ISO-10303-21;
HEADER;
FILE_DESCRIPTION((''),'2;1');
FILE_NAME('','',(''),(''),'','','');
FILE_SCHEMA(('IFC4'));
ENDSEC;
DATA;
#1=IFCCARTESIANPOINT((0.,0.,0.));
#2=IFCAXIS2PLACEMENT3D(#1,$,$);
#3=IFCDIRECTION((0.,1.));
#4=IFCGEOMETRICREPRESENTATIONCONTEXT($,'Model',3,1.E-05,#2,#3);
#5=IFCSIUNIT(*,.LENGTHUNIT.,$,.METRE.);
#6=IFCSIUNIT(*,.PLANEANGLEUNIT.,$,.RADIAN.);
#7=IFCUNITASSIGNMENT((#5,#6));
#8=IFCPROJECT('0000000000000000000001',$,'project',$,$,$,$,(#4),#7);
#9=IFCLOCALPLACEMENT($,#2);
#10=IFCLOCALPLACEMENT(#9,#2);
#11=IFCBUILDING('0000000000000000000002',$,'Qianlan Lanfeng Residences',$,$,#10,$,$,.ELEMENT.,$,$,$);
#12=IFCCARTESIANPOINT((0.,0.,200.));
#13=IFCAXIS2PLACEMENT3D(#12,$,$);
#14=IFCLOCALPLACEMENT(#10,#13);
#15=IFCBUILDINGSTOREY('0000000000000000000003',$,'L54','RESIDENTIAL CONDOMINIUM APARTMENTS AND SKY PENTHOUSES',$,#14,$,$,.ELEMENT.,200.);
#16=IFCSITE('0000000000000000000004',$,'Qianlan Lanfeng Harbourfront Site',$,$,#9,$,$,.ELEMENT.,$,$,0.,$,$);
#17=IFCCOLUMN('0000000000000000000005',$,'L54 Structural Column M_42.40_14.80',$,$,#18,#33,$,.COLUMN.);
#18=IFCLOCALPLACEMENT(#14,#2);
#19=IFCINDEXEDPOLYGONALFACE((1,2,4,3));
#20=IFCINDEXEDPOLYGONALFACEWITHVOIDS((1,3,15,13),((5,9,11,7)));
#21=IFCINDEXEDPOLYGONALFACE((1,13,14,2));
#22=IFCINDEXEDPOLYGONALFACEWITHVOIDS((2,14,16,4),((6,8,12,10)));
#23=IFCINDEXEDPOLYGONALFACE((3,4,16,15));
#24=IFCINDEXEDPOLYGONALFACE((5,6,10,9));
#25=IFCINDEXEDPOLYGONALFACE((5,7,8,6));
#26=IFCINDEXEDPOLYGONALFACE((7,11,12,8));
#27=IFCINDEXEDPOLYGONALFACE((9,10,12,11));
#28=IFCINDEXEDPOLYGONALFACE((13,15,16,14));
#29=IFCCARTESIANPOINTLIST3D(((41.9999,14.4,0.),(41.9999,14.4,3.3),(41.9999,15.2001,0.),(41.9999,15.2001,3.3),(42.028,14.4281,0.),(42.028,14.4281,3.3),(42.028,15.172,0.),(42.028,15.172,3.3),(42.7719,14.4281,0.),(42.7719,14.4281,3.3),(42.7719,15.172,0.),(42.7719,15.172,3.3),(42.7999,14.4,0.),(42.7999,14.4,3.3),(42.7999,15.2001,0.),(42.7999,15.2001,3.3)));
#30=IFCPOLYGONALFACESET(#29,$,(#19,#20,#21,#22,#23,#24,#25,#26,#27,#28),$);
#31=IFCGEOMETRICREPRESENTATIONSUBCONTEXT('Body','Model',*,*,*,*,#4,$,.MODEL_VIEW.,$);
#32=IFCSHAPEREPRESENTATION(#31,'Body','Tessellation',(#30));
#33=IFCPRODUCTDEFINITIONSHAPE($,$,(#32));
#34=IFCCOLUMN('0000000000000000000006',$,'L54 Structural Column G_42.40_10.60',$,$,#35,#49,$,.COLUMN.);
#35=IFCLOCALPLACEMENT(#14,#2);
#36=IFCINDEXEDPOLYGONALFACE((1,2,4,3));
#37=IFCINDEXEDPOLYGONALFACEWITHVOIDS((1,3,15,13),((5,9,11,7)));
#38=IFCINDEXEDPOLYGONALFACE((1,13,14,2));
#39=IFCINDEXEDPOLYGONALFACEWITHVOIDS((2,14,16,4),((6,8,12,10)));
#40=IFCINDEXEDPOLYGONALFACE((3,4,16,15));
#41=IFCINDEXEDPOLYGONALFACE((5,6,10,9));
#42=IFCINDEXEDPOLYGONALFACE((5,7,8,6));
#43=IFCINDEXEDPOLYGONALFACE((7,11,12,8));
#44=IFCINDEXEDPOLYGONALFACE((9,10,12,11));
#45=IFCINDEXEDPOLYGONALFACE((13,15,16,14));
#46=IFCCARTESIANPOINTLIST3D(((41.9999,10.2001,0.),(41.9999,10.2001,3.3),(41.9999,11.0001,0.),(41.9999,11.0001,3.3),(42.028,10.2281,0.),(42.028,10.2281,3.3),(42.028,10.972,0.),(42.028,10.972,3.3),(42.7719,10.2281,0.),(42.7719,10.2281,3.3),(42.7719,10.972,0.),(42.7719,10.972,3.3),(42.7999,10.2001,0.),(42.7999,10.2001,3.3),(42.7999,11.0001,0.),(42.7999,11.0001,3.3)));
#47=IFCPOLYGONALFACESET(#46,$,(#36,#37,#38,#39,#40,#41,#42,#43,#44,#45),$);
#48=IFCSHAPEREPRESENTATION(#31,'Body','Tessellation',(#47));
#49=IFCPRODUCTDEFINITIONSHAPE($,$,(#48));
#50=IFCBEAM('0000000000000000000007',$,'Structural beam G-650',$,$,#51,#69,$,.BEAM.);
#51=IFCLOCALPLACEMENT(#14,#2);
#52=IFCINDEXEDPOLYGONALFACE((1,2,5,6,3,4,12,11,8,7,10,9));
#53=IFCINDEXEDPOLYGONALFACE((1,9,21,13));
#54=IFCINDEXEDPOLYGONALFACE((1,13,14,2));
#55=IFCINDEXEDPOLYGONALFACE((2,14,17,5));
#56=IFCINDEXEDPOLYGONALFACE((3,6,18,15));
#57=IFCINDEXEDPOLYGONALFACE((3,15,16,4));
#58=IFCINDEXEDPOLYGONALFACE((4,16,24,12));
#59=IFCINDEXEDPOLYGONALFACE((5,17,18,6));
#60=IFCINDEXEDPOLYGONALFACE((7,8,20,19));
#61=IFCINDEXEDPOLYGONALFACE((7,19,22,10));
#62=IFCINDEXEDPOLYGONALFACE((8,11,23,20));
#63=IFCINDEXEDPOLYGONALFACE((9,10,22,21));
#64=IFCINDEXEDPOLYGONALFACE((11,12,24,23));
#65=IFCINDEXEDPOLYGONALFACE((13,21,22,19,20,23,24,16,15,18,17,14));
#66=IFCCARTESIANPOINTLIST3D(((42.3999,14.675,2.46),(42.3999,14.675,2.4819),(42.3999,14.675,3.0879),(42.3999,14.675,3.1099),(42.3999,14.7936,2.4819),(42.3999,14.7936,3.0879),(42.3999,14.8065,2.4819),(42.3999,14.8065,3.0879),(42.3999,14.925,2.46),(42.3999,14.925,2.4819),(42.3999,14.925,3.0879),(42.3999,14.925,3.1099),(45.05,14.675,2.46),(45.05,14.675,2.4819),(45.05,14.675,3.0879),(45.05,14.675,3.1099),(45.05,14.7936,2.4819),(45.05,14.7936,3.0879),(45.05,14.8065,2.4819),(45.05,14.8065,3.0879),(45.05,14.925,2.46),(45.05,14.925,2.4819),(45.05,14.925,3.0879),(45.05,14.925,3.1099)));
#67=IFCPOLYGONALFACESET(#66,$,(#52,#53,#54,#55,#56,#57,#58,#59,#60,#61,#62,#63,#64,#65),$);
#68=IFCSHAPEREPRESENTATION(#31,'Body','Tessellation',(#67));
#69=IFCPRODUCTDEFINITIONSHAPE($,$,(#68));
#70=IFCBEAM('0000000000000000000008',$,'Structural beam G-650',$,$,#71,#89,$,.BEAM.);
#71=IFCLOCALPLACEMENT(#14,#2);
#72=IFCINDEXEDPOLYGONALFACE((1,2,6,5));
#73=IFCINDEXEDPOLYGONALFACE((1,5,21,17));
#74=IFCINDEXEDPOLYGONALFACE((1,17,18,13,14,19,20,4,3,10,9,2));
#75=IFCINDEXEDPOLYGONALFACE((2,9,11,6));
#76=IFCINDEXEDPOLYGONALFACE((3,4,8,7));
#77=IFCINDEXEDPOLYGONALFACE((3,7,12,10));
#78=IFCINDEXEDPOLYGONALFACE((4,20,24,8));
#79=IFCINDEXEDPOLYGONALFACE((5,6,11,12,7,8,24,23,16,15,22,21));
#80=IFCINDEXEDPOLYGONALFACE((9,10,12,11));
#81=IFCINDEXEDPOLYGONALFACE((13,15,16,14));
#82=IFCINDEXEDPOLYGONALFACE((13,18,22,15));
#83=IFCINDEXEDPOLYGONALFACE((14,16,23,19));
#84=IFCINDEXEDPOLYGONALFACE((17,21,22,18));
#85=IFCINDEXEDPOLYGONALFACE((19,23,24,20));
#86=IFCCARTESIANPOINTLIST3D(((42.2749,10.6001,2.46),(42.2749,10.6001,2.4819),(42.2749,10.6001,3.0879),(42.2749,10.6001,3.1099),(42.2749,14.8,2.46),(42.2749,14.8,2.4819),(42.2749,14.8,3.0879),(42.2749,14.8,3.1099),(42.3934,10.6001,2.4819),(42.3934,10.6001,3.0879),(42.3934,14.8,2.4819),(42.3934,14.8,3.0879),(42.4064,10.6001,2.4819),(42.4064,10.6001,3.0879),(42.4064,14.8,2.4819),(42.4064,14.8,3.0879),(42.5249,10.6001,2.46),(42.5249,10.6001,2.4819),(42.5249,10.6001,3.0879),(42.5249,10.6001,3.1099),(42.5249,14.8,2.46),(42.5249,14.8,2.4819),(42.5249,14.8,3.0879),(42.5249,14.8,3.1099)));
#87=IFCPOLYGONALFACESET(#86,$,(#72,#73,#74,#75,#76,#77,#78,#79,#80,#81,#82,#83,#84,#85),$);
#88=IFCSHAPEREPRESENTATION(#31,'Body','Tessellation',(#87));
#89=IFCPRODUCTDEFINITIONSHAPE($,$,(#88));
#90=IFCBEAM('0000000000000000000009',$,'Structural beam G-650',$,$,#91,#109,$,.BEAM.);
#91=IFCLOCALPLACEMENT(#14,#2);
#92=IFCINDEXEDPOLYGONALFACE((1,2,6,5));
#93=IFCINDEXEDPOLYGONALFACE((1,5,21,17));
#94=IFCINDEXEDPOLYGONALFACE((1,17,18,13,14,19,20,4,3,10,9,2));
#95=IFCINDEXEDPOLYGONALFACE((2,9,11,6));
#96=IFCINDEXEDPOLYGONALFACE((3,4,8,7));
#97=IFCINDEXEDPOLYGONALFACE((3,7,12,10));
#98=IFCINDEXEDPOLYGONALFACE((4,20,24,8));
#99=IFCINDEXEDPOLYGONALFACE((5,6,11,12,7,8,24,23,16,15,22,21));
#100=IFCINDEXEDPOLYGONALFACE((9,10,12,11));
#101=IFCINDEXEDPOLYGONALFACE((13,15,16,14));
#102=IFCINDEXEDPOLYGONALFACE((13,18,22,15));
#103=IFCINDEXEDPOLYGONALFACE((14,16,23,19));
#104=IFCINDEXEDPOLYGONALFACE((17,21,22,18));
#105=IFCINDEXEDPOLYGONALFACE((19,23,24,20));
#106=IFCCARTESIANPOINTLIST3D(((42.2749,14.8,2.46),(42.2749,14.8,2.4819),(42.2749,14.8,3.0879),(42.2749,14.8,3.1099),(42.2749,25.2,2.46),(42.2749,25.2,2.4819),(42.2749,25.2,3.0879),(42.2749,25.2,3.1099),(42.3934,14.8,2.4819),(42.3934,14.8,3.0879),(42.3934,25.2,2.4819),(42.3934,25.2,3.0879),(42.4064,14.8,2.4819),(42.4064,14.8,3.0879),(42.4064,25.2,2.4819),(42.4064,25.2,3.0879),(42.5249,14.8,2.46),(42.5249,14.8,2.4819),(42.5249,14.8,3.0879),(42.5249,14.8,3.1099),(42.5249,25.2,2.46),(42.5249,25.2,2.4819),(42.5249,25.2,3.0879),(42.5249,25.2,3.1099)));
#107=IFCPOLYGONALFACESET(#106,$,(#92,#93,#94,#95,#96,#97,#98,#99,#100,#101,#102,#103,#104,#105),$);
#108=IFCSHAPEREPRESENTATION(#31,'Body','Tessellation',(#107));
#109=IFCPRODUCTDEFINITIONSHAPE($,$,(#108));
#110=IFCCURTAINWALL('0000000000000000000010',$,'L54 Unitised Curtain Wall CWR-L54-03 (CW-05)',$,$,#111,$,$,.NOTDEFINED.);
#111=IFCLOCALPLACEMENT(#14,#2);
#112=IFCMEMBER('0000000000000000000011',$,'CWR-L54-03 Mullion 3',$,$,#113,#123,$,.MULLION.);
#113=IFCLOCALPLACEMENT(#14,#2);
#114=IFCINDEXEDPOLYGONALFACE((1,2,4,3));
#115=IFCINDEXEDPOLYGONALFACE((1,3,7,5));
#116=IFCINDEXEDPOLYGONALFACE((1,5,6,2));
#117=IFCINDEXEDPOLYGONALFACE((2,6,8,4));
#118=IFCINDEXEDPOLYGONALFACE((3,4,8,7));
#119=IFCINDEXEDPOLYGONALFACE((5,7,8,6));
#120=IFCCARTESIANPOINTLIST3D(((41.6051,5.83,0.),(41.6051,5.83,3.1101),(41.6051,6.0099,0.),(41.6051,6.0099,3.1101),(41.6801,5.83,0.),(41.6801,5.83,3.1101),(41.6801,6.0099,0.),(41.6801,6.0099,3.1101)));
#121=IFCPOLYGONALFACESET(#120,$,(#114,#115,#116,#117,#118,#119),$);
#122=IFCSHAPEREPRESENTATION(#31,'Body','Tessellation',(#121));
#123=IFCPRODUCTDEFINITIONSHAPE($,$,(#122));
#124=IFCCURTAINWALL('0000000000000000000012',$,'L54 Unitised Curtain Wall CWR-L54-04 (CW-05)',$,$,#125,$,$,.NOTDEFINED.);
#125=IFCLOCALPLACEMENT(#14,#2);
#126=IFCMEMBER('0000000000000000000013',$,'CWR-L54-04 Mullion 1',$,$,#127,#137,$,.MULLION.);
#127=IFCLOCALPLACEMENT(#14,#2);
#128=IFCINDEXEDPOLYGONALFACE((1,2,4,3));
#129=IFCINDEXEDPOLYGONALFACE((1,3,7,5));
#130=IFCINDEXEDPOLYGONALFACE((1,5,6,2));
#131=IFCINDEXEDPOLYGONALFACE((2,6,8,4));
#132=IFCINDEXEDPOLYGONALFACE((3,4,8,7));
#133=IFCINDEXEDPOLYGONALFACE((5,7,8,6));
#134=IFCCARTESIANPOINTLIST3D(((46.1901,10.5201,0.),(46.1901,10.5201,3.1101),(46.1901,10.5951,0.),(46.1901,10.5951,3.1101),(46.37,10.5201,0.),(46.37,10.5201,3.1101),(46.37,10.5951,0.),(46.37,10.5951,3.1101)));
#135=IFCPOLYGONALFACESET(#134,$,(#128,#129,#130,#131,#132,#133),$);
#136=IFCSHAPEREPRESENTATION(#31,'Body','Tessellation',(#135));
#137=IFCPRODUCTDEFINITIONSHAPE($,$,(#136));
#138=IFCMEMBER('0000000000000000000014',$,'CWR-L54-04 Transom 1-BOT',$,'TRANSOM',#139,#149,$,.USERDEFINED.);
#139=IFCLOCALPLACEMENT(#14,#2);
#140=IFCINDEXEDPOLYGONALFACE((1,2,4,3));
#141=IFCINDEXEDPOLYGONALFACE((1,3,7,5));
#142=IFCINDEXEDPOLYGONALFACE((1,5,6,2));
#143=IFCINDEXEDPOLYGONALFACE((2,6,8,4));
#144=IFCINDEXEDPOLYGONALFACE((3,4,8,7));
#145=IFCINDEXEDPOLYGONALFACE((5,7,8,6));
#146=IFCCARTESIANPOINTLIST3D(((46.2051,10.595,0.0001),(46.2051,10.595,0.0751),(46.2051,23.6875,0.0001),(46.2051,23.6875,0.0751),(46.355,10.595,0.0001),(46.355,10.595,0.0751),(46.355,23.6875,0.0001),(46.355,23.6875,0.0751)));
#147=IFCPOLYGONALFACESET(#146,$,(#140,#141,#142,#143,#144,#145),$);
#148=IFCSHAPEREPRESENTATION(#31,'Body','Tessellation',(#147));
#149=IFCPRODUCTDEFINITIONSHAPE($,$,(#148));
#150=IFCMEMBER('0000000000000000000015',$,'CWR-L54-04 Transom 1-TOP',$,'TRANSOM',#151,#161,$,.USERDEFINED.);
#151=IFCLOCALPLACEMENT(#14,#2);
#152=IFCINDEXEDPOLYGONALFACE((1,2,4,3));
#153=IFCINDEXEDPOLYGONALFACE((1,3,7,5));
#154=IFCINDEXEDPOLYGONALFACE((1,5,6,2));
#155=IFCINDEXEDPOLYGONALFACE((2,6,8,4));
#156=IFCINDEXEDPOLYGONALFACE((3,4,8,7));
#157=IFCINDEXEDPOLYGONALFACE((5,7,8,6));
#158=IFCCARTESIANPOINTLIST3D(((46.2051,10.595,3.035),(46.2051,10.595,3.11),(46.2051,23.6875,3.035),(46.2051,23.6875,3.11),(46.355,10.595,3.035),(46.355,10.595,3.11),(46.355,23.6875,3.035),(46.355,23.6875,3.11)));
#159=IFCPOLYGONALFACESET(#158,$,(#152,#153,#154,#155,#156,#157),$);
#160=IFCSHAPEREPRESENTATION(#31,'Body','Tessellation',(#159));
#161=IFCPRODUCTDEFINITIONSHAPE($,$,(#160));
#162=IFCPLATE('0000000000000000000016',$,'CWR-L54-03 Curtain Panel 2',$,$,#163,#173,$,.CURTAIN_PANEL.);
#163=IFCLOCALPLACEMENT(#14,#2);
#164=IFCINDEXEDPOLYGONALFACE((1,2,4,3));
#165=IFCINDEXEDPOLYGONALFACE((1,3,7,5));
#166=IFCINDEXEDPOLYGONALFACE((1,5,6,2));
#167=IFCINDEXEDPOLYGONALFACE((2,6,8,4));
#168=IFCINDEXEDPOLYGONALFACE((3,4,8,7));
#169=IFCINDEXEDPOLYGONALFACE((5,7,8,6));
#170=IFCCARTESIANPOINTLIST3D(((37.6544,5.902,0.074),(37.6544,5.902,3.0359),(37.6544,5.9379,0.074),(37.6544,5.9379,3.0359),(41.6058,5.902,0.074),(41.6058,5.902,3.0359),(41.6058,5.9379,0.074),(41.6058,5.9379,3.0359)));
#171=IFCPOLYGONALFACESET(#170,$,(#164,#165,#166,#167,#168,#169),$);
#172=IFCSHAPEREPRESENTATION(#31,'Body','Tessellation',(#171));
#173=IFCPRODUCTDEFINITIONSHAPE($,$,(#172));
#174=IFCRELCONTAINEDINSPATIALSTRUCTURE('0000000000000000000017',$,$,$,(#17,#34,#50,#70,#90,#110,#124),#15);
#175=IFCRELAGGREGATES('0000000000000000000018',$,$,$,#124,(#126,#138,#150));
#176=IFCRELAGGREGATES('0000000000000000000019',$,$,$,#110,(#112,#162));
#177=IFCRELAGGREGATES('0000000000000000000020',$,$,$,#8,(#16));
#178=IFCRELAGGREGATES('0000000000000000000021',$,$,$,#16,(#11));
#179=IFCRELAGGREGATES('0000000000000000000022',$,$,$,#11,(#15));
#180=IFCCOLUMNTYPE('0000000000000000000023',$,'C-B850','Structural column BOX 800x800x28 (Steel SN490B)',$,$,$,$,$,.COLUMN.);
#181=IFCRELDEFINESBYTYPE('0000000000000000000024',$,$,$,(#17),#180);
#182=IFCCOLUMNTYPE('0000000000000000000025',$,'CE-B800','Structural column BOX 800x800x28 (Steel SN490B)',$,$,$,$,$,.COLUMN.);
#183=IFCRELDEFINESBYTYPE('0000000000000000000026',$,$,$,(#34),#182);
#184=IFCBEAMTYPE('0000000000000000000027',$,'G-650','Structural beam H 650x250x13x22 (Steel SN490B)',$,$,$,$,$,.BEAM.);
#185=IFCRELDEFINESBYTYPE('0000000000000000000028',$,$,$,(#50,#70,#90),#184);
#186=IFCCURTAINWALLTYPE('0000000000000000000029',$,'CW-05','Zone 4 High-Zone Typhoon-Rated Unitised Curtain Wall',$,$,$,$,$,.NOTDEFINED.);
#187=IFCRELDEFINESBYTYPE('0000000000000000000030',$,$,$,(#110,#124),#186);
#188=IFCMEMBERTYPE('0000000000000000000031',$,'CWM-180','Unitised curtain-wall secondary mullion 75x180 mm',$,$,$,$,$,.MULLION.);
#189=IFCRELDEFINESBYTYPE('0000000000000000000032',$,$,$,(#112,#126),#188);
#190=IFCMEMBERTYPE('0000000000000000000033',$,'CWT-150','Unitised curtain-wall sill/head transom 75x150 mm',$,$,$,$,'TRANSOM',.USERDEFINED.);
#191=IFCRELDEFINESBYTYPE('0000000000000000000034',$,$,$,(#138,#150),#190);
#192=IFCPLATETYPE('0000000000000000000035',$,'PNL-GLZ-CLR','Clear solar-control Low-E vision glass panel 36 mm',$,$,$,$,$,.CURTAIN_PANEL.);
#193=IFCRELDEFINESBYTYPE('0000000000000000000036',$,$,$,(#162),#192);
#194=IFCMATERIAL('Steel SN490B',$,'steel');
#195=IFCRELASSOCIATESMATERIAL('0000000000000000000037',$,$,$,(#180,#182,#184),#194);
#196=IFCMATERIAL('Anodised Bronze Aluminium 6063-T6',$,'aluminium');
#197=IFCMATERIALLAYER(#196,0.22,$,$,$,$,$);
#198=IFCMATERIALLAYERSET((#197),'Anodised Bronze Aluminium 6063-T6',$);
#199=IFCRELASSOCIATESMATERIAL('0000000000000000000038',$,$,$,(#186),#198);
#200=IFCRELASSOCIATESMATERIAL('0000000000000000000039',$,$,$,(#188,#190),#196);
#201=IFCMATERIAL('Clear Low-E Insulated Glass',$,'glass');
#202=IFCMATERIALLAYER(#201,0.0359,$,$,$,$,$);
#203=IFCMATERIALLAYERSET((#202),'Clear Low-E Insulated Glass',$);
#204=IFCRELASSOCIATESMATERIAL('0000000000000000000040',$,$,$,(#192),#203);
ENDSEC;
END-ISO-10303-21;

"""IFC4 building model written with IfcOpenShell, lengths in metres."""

from ifc_helpers import new_model, si_unit, direction, frame, origin, origin_2d, place, context, subcontext, project, spatial, rectangle, hollow_rectangle, i_section, extrude, source, transform, mapped, material, layer, layer_set, material_profile, profile_set, type_object, element, aggregate, save


model = new_model("IFC4")

# Units and contexts
model_context = context("Model", 3, precision=1e-05, world=origin(), true_north=direction((0.0, 1.0)))
body_context = subcontext(model_context, "Body", "Model", "MODEL_VIEW")
ifc_project = project(units=[si_unit("LENGTHUNIT", "METRE"), si_unit("PLANEANGLEUNIT", "RADIAN")], contexts=[model_context])

# Site, building, storey
site_placement = place(None, origin())
site = spatial("IfcSite", under=ifc_project, at=site_placement, Name="Qianlan Lanfeng Harbourfront Site", CompositionType="ELEMENT", RefElevation=0.0)
building_placement = place(site_placement, origin())
building = spatial("IfcBuilding", under=site, at=building_placement, Name="Qianlan Lanfeng Residences", CompositionType="ELEMENT")
storey_placement = place(building_placement, frame((0.0, 0.0, 200.0)))
storey = spatial("IfcBuildingStorey", under=building, at=storey_placement, Name="L54", Description="RESIDENTIAL CONDOMINIUM APARTMENTS AND SKY PENTHOUSES", CompositionType="ELEMENT", Elevation=200.0)

# Columns
ifc_material_1 = material(Name="Steel SN490B", Category="steel")
ifc_material_profile_1 = material_profile(ifc_material_1, hollow_rectangle(XDim=0.8, YDim=0.8, WallThickness=0.0281, at=origin_2d()), Name="BOX 800x800x28")
ifc_profile_set_1 = profile_set([ifc_material_profile_1], Name="Steel SN490B")
column_type_1 = type_object("IfcColumnType", Name="C-B850", Description="Structural column BOX 800x800x28 (Steel SN490B)", PredefinedType="COLUMN", material=ifc_profile_set_1)
column_1_placement = place(storey_placement, frame((42.3999, 14.8, 0.0), z_axis=(0.0, 0.0, 1.0), x_axis=(1.0, 0.0, 0.0)))
element("IfcColumn", 1, at=column_1_placement, inside=storey, type_object=column_type_1, Name="L54 Structural Column M_42.40_14.80", PredefinedType="COLUMN", context=body_context, shape_type="SweptSolid", body=[
    extrude(hollow_rectangle(XDim=0.8, YDim=0.8, WallThickness=0.0281, at=origin_2d()), origin(), (0.0, 0.0, 1.0), 3.3),
])
ifc_material_profile_2 = material_profile(ifc_material_1, hollow_rectangle(XDim=0.8, YDim=0.8, WallThickness=0.0281, at=origin_2d()), Name="BOX 800x800x28")
ifc_profile_set_2 = profile_set([ifc_material_profile_2], Name="Steel SN490B")
column_type_2 = type_object("IfcColumnType", Name="CE-B800", Description="Structural column BOX 800x800x28 (Steel SN490B)", PredefinedType="COLUMN", material=ifc_profile_set_2)
column_2_placement = place(storey_placement, frame((42.3999, 10.6001, 0.0), z_axis=(0.0, 0.0, 1.0), x_axis=(1.0, 0.0, 0.0)))
element("IfcColumn", 2, at=column_2_placement, inside=storey, type_object=column_type_2, Name="L54 Structural Column G_42.40_10.60", PredefinedType="COLUMN", context=body_context, shape_type="SweptSolid", body=[
    extrude(hollow_rectangle(XDim=0.8, YDim=0.8, WallThickness=0.0281, at=origin_2d()), origin(), (0.0, 0.0, 1.0), 3.3),
])

# Beams
ifc_material_profile_3 = material_profile(ifc_material_1, i_section(OverallWidth=0.25, OverallDepth=0.6499, WebThickness=0.0129, FlangeThickness=0.022, at=origin_2d()), Name="H 650x250x13x22")
ifc_profile_set_3 = profile_set([ifc_material_profile_3], Name="Steel SN490B")
beam_type = type_object("IfcBeamType", Name="G-650", Description="Structural beam H 650x250x13x22 (Steel SN490B)", PredefinedType="BEAM", material=ifc_profile_set_3)
beam_1_placement = place(storey_placement, frame((42.3999, 14.8, 2.7849), z_axis=(1.0, 0.0, 0.0), x_axis=(0.0, 1.0, 0.0)))
element("IfcBeam", 3, at=beam_1_placement, inside=storey, type_object=beam_type, Name="Structural beam G-650", PredefinedType="BEAM", context=body_context, shape_type="SweptSolid", body=[
    extrude(i_section(OverallWidth=0.25, OverallDepth=0.6499, WebThickness=0.0129, FlangeThickness=0.022, at=origin_2d()), origin(), (0.0, 0.0, 1.0), 2.6501),
])
beam_2_placement = place(storey_placement, frame((42.3999, 10.6001, 2.7849), z_axis=(0.0, 1.0, 0.0), x_axis=(-1.0, 0.0, 0.0)))
element("IfcBeam", 4, at=beam_2_placement, inside=storey, type_object=beam_type, Name="Structural beam G-650", PredefinedType="BEAM", context=body_context, shape_type="SweptSolid", body=[
    extrude(i_section(OverallWidth=0.25, OverallDepth=0.6499, WebThickness=0.0129, FlangeThickness=0.022, at=origin_2d()), origin(), (0.0, 0.0, 1.0), 4.2),
])
beam_3_placement = place(storey_placement, frame((42.3999, 14.8, 2.7849), z_axis=(0.0, 1.0, 0.0), x_axis=(-1.0, 0.0, 0.0)))
element("IfcBeam", 5, at=beam_3_placement, inside=storey, type_object=beam_type, Name="Structural beam G-650", PredefinedType="BEAM", context=body_context, shape_type="SweptSolid", body=[
    extrude(i_section(OverallWidth=0.25, OverallDepth=0.6499, WebThickness=0.0129, FlangeThickness=0.022, at=origin_2d()), origin(), (0.0, 0.0, 1.0), 10.3999),
])

# Curtain wall, member
ifc_material_2 = material(Name="Anodised Bronze Aluminium 6063-T6", Category="aluminium")
ifc_layer_1 = layer(ifc_material_2, 0.22)
ifc_layer_set_1 = layer_set([ifc_layer_1], Name="Anodised Bronze Aluminium 6063-T6")
curtain_wall_type = type_object("IfcCurtainWallType", Name="CW-05", Description="Zone 4 High-Zone Typhoon-Rated Unitised Curtain Wall", PredefinedType="NOTDEFINED", material=ifc_layer_set_1)
curtain_wall_1_placement = place(storey_placement, origin())
curtain_wall_1 = element("IfcCurtainWall", 6, at=curtain_wall_1_placement, inside=storey, type_object=curtain_wall_type, Name="L54 Unitised Curtain Wall CWR-L54-03 (CW-05)", PredefinedType="NOTDEFINED")
ifc_material_profile_4 = material_profile(ifc_material_2, rectangle(XDim=0.075, YDim=0.1799, at=origin_2d()), Name="ALU MULLION 75x180")
ifc_profile_set_4 = profile_set([ifc_material_profile_4], Name="Anodised Bronze Aluminium 6063-T6")
member_type_1 = type_object("IfcMemberType", Name="CWM-180", Description="Unitised curtain-wall secondary mullion 75x180 mm", PredefinedType="MULLION", material=ifc_profile_set_4)
shared_shape_1 = source(origin(), body_context, "Body", "SweptSolid", [
    extrude(rectangle(XDim=0.075, YDim=0.1799, at=origin_2d()), origin(), (0.0, 0.0, 1.0), 3.1101),
])
member_1_placement = place(storey_placement, frame((41.6426, 5.9199, 0.0), z_axis=(0.0, 0.0, 1.0), x_axis=(1.0, 0.0, 0.0)))
member_1 = element("IfcMember", 7, at=member_1_placement, type_object=member_type_1, Name="CWR-L54-03 Mullion 3", PredefinedType="MULLION", context=body_context, shape_type="MappedRepresentation", body=[
    mapped(shared_shape_1, transform((0.0, 0.0, 0.0), scale=1.0)),
])

# Curtain wall, members
curtain_wall_2_placement = place(storey_placement, origin())
curtain_wall_2 = element("IfcCurtainWall", 8, at=curtain_wall_2_placement, inside=storey, type_object=curtain_wall_type, Name="L54 Unitised Curtain Wall CWR-L54-04 (CW-05)", PredefinedType="NOTDEFINED")
member_2_placement = place(storey_placement, frame((46.28, 10.5576, 0.0), z_axis=(0.0, 0.0, 1.0), x_axis=(0.0, 1.0, 0.0)))
member_2 = element("IfcMember", 9, at=member_2_placement, type_object=member_type_1, Name="CWR-L54-04 Mullion 1", PredefinedType="MULLION", context=body_context, shape_type="MappedRepresentation", body=[
    mapped(shared_shape_1, transform((0.0, 0.0, 0.0), scale=1.0)),
])
ifc_material_profile_5 = material_profile(ifc_material_2, rectangle(XDim=0.075, YDim=0.1499, at=origin_2d()), Name="ALU TRANSOM 75x150")
ifc_profile_set_5 = profile_set([ifc_material_profile_5], Name="Anodised Bronze Aluminium 6063-T6")
member_type_2 = type_object("IfcMemberType", Name="CWT-150", Description="Unitised curtain-wall sill/head transom 75x150 mm", ElementType="TRANSOM", PredefinedType="USERDEFINED", material=ifc_profile_set_5)
shared_shape_2 = source(origin(), body_context, "Body", "SweptSolid", [
    extrude(rectangle(XDim=0.075, YDim=0.1499, at=origin_2d()), origin(), (0.0, 0.0, 1.0), 13.0925),
])
member_3_placement = place(storey_placement, frame((46.28, 10.595, 0.0376), z_axis=(0.0, 1.0, 0.0), x_axis=(0.0, 0.0, 1.0)))
member_3 = element("IfcMember", 10, at=member_3_placement, type_object=member_type_2, Name="CWR-L54-04 Transom 1-BOT", ObjectType="TRANSOM", PredefinedType="USERDEFINED", context=body_context, shape_type="MappedRepresentation", body=[
    mapped(shared_shape_2, transform((0.0, 0.0, 0.0), scale=1.0)),
])
member_4_placement = place(storey_placement, frame((46.28, 10.595, 3.0725), z_axis=(0.0, 1.0, 0.0), x_axis=(0.0, 0.0, 1.0)))
member_4 = element("IfcMember", 11, at=member_4_placement, type_object=member_type_2, Name="CWR-L54-04 Transom 1-TOP", ObjectType="TRANSOM", PredefinedType="USERDEFINED", context=body_context, shape_type="MappedRepresentation", body=[
    mapped(shared_shape_2, transform((0.0, 0.0, 0.0), scale=1.0)),
])
aggregate(curtain_wall_2, [member_2, member_3, member_4])

# Plate
ifc_material_3 = material(Name="Clear Low-E Insulated Glass", Category="glass")
ifc_layer_2 = layer(ifc_material_3, 0.0359)
ifc_layer_set_2 = layer_set([ifc_layer_2], Name="Clear Low-E Insulated Glass")
plate_type = type_object("IfcPlateType", Name="PNL-GLZ-CLR", Description="Clear solar-control Low-E vision glass panel 36 mm", PredefinedType="CURTAIN_PANEL", material=ifc_layer_set_2)
shared_shape_3 = source(origin(), body_context, "Body", "SweptSolid", [
    extrude(rectangle(XDim=3.9514, YDim=0.0359, at=origin_2d()), origin(), (0.0, 0.0, 1.0), 2.9619),
])
plate_placement = place(storey_placement, frame((39.6301, 5.9199, 0.074), z_axis=(0.0, 0.0, 1.0), x_axis=(1.0, 0.0, 0.0)))
plate = element("IfcPlate", 12, at=plate_placement, type_object=plate_type, Name="CWR-L54-03 Curtain Panel 2", PredefinedType="CURTAIN_PANEL", context=body_context, shape_type="MappedRepresentation", body=[
    mapped(shared_shape_3, transform((0.0, 0.0, 0.0), scale=1.0)),
])
aggregate(curtain_wall_1, [member_1, plate])

save(model, "model.ifc")
